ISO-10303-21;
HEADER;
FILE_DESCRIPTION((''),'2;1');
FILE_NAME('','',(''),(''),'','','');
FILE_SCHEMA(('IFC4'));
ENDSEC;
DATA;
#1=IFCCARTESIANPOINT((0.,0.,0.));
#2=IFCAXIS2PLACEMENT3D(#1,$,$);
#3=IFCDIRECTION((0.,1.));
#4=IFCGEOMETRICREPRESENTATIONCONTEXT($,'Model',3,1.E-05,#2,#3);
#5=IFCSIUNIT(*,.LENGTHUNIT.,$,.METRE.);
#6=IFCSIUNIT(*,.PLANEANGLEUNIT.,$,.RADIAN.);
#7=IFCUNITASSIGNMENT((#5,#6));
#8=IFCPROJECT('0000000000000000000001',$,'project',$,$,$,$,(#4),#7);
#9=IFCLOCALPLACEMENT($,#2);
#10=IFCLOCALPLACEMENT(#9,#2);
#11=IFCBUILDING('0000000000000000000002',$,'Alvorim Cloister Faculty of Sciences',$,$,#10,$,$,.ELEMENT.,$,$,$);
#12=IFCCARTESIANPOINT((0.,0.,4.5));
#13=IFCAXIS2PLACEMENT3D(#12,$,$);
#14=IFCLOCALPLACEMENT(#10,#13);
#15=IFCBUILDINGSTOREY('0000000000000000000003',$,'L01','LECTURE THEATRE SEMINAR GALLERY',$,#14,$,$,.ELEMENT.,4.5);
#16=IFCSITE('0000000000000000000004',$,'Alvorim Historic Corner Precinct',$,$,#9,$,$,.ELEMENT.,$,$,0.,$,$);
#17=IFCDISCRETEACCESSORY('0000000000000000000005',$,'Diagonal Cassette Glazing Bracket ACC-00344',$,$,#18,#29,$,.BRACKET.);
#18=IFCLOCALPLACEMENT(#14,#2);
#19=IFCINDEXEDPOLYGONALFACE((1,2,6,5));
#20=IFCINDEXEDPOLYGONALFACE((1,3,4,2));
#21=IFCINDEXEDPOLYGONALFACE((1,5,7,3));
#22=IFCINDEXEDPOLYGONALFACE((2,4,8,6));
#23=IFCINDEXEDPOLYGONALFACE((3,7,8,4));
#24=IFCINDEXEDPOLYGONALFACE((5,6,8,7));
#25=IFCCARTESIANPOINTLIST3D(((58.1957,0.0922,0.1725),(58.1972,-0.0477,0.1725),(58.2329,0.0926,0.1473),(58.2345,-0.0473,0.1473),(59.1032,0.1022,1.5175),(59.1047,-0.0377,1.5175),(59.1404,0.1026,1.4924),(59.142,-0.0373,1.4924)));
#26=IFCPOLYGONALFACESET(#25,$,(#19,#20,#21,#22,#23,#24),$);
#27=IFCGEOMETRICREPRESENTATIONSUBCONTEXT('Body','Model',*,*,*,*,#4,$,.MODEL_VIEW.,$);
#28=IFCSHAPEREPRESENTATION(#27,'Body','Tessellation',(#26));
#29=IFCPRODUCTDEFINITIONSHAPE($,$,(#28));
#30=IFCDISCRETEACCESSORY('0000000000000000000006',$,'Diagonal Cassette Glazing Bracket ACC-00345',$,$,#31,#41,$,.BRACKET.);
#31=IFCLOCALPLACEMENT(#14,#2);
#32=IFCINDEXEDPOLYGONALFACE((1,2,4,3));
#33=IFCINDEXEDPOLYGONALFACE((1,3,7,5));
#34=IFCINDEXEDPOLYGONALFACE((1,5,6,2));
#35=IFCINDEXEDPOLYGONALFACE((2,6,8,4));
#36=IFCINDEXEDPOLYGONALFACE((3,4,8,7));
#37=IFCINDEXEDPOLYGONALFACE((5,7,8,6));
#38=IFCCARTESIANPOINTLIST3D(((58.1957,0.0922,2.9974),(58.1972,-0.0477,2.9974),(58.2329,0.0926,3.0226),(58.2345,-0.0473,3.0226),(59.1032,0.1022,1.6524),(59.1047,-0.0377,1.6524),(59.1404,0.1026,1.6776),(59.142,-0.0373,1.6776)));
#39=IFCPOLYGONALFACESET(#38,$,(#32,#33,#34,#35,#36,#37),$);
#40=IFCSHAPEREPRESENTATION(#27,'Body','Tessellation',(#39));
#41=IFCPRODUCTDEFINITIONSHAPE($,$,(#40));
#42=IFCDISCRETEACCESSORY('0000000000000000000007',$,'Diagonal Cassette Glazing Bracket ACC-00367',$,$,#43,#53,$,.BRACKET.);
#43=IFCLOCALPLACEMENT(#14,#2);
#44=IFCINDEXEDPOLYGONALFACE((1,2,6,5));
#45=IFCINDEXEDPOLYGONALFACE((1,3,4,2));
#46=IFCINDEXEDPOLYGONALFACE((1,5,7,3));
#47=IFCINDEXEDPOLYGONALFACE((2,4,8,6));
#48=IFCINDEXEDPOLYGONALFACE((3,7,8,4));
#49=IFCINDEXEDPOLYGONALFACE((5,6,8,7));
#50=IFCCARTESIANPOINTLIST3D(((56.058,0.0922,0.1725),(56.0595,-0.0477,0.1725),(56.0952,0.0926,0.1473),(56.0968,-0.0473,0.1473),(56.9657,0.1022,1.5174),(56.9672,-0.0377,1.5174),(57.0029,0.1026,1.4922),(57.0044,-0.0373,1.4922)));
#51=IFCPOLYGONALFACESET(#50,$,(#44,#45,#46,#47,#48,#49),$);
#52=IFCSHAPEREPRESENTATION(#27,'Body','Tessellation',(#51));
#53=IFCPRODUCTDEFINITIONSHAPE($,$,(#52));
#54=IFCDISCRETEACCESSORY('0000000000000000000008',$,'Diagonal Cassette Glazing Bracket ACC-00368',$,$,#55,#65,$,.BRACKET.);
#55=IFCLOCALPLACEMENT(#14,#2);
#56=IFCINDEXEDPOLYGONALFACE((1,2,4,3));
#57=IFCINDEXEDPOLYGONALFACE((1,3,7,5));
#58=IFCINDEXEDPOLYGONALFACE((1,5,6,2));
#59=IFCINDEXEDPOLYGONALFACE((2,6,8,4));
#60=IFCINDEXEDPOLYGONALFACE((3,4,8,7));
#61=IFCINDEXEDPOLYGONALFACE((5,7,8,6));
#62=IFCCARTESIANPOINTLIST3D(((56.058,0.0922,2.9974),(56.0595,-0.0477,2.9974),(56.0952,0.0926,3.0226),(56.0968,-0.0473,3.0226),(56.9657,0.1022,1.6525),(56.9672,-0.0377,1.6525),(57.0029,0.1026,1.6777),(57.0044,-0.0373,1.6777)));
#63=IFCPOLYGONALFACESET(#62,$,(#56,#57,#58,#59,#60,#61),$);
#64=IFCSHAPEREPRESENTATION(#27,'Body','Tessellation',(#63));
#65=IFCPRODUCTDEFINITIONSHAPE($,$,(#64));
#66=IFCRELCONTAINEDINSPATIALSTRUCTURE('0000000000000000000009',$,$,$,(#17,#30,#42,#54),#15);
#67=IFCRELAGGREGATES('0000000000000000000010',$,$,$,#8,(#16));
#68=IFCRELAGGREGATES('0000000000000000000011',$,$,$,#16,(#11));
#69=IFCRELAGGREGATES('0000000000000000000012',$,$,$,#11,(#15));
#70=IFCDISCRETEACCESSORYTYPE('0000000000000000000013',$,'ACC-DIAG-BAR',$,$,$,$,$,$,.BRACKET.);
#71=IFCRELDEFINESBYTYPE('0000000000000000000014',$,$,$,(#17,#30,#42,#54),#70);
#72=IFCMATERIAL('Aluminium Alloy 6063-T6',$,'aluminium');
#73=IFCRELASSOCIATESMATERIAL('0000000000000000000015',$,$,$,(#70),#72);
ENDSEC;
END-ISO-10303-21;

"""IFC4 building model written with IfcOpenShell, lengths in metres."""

from ifc_helpers import new_model, si_unit, direction, frame, origin, origin_2d, place, context, subcontext, project, spatial, rectangle, extrude, material, type_object, element, save


model = new_model("IFC4")

# Units and contexts
model_context = context("Model", 3, precision=1e-05, world=origin(), true_north=direction((0.0, 1.0)))
body_context = subcontext(model_context, "Body", "Model", "MODEL_VIEW")
ifc_project = project(units=[si_unit("LENGTHUNIT", "METRE"), si_unit("PLANEANGLEUNIT", "RADIAN")], contexts=[model_context])

# Site, building, storey
site_placement = place(None, origin())
site = spatial("IfcSite", under=ifc_project, at=site_placement, Name="Alvorim Historic Corner Precinct", CompositionType="ELEMENT", RefElevation=0.0)
building_placement = place(site_placement, origin())
building = spatial("IfcBuilding", under=site, at=building_placement, Name="Alvorim Cloister Faculty of Sciences", CompositionType="ELEMENT")
storey_placement = place(building_placement, frame((0.0, 0.0, 4.5)))
storey = spatial("IfcBuildingStorey", under=building, at=storey_placement, Name="L01", Description="LECTURE THEATRE SEMINAR GALLERY", CompositionType="ELEMENT", Elevation=4.5)

# Shared definitions
ifc_material_1 = material(Name="Aluminium Alloy 6063-T6", Category="aluminium")

# Discrete accessories
discrete_accessory_type = type_object("IfcDiscreteAccessoryType", Name="ACC-DIAG-BAR", PredefinedType="BRACKET", material=ifc_material_1)
for number, where, z_axis, x_axis, name in (
    (1, (58.2151, 0.0225, 0.1599), (0.559299, 0.006169, 0.828943), (-0.01103, 0.999939, 0.0), "Diagonal Cassette Glazing Bracket ACC-00344"),
    (2, (58.2151, 0.0225, 3.01), (0.559299, 0.006169, -0.828943), (-0.01103, 0.999939, 0.0), "Diagonal Cassette Glazing Bracket ACC-00345"),
    (3, (56.0774, 0.0225, 0.1599), (0.559403, 0.006169, 0.828873), (-0.011027, 0.999939, 0.0), "Diagonal Cassette Glazing Bracket ACC-00367"),
    (4, (56.0774, 0.0225, 3.01), (0.559403, 0.006169, -0.828873), (-0.011027, 0.999939, 0.0), "Diagonal Cassette Glazing Bracket ACC-00368"),
):
    element("IfcDiscreteAccessory", number, at=place(storey_placement, frame(where, z_axis=z_axis, x_axis=x_axis)), inside=storey, type_object=discrete_accessory_type, Name=name, PredefinedType="BRACKET", context=body_context, shape_type="SweptSolid", body=[
        extrude(rectangle(XDim=0.1399, YDim=0.0449, at=origin_2d()), origin(), (0.0, 0.0, 1.0), 1.6226),
    ])

save(model, "model.ifc")
